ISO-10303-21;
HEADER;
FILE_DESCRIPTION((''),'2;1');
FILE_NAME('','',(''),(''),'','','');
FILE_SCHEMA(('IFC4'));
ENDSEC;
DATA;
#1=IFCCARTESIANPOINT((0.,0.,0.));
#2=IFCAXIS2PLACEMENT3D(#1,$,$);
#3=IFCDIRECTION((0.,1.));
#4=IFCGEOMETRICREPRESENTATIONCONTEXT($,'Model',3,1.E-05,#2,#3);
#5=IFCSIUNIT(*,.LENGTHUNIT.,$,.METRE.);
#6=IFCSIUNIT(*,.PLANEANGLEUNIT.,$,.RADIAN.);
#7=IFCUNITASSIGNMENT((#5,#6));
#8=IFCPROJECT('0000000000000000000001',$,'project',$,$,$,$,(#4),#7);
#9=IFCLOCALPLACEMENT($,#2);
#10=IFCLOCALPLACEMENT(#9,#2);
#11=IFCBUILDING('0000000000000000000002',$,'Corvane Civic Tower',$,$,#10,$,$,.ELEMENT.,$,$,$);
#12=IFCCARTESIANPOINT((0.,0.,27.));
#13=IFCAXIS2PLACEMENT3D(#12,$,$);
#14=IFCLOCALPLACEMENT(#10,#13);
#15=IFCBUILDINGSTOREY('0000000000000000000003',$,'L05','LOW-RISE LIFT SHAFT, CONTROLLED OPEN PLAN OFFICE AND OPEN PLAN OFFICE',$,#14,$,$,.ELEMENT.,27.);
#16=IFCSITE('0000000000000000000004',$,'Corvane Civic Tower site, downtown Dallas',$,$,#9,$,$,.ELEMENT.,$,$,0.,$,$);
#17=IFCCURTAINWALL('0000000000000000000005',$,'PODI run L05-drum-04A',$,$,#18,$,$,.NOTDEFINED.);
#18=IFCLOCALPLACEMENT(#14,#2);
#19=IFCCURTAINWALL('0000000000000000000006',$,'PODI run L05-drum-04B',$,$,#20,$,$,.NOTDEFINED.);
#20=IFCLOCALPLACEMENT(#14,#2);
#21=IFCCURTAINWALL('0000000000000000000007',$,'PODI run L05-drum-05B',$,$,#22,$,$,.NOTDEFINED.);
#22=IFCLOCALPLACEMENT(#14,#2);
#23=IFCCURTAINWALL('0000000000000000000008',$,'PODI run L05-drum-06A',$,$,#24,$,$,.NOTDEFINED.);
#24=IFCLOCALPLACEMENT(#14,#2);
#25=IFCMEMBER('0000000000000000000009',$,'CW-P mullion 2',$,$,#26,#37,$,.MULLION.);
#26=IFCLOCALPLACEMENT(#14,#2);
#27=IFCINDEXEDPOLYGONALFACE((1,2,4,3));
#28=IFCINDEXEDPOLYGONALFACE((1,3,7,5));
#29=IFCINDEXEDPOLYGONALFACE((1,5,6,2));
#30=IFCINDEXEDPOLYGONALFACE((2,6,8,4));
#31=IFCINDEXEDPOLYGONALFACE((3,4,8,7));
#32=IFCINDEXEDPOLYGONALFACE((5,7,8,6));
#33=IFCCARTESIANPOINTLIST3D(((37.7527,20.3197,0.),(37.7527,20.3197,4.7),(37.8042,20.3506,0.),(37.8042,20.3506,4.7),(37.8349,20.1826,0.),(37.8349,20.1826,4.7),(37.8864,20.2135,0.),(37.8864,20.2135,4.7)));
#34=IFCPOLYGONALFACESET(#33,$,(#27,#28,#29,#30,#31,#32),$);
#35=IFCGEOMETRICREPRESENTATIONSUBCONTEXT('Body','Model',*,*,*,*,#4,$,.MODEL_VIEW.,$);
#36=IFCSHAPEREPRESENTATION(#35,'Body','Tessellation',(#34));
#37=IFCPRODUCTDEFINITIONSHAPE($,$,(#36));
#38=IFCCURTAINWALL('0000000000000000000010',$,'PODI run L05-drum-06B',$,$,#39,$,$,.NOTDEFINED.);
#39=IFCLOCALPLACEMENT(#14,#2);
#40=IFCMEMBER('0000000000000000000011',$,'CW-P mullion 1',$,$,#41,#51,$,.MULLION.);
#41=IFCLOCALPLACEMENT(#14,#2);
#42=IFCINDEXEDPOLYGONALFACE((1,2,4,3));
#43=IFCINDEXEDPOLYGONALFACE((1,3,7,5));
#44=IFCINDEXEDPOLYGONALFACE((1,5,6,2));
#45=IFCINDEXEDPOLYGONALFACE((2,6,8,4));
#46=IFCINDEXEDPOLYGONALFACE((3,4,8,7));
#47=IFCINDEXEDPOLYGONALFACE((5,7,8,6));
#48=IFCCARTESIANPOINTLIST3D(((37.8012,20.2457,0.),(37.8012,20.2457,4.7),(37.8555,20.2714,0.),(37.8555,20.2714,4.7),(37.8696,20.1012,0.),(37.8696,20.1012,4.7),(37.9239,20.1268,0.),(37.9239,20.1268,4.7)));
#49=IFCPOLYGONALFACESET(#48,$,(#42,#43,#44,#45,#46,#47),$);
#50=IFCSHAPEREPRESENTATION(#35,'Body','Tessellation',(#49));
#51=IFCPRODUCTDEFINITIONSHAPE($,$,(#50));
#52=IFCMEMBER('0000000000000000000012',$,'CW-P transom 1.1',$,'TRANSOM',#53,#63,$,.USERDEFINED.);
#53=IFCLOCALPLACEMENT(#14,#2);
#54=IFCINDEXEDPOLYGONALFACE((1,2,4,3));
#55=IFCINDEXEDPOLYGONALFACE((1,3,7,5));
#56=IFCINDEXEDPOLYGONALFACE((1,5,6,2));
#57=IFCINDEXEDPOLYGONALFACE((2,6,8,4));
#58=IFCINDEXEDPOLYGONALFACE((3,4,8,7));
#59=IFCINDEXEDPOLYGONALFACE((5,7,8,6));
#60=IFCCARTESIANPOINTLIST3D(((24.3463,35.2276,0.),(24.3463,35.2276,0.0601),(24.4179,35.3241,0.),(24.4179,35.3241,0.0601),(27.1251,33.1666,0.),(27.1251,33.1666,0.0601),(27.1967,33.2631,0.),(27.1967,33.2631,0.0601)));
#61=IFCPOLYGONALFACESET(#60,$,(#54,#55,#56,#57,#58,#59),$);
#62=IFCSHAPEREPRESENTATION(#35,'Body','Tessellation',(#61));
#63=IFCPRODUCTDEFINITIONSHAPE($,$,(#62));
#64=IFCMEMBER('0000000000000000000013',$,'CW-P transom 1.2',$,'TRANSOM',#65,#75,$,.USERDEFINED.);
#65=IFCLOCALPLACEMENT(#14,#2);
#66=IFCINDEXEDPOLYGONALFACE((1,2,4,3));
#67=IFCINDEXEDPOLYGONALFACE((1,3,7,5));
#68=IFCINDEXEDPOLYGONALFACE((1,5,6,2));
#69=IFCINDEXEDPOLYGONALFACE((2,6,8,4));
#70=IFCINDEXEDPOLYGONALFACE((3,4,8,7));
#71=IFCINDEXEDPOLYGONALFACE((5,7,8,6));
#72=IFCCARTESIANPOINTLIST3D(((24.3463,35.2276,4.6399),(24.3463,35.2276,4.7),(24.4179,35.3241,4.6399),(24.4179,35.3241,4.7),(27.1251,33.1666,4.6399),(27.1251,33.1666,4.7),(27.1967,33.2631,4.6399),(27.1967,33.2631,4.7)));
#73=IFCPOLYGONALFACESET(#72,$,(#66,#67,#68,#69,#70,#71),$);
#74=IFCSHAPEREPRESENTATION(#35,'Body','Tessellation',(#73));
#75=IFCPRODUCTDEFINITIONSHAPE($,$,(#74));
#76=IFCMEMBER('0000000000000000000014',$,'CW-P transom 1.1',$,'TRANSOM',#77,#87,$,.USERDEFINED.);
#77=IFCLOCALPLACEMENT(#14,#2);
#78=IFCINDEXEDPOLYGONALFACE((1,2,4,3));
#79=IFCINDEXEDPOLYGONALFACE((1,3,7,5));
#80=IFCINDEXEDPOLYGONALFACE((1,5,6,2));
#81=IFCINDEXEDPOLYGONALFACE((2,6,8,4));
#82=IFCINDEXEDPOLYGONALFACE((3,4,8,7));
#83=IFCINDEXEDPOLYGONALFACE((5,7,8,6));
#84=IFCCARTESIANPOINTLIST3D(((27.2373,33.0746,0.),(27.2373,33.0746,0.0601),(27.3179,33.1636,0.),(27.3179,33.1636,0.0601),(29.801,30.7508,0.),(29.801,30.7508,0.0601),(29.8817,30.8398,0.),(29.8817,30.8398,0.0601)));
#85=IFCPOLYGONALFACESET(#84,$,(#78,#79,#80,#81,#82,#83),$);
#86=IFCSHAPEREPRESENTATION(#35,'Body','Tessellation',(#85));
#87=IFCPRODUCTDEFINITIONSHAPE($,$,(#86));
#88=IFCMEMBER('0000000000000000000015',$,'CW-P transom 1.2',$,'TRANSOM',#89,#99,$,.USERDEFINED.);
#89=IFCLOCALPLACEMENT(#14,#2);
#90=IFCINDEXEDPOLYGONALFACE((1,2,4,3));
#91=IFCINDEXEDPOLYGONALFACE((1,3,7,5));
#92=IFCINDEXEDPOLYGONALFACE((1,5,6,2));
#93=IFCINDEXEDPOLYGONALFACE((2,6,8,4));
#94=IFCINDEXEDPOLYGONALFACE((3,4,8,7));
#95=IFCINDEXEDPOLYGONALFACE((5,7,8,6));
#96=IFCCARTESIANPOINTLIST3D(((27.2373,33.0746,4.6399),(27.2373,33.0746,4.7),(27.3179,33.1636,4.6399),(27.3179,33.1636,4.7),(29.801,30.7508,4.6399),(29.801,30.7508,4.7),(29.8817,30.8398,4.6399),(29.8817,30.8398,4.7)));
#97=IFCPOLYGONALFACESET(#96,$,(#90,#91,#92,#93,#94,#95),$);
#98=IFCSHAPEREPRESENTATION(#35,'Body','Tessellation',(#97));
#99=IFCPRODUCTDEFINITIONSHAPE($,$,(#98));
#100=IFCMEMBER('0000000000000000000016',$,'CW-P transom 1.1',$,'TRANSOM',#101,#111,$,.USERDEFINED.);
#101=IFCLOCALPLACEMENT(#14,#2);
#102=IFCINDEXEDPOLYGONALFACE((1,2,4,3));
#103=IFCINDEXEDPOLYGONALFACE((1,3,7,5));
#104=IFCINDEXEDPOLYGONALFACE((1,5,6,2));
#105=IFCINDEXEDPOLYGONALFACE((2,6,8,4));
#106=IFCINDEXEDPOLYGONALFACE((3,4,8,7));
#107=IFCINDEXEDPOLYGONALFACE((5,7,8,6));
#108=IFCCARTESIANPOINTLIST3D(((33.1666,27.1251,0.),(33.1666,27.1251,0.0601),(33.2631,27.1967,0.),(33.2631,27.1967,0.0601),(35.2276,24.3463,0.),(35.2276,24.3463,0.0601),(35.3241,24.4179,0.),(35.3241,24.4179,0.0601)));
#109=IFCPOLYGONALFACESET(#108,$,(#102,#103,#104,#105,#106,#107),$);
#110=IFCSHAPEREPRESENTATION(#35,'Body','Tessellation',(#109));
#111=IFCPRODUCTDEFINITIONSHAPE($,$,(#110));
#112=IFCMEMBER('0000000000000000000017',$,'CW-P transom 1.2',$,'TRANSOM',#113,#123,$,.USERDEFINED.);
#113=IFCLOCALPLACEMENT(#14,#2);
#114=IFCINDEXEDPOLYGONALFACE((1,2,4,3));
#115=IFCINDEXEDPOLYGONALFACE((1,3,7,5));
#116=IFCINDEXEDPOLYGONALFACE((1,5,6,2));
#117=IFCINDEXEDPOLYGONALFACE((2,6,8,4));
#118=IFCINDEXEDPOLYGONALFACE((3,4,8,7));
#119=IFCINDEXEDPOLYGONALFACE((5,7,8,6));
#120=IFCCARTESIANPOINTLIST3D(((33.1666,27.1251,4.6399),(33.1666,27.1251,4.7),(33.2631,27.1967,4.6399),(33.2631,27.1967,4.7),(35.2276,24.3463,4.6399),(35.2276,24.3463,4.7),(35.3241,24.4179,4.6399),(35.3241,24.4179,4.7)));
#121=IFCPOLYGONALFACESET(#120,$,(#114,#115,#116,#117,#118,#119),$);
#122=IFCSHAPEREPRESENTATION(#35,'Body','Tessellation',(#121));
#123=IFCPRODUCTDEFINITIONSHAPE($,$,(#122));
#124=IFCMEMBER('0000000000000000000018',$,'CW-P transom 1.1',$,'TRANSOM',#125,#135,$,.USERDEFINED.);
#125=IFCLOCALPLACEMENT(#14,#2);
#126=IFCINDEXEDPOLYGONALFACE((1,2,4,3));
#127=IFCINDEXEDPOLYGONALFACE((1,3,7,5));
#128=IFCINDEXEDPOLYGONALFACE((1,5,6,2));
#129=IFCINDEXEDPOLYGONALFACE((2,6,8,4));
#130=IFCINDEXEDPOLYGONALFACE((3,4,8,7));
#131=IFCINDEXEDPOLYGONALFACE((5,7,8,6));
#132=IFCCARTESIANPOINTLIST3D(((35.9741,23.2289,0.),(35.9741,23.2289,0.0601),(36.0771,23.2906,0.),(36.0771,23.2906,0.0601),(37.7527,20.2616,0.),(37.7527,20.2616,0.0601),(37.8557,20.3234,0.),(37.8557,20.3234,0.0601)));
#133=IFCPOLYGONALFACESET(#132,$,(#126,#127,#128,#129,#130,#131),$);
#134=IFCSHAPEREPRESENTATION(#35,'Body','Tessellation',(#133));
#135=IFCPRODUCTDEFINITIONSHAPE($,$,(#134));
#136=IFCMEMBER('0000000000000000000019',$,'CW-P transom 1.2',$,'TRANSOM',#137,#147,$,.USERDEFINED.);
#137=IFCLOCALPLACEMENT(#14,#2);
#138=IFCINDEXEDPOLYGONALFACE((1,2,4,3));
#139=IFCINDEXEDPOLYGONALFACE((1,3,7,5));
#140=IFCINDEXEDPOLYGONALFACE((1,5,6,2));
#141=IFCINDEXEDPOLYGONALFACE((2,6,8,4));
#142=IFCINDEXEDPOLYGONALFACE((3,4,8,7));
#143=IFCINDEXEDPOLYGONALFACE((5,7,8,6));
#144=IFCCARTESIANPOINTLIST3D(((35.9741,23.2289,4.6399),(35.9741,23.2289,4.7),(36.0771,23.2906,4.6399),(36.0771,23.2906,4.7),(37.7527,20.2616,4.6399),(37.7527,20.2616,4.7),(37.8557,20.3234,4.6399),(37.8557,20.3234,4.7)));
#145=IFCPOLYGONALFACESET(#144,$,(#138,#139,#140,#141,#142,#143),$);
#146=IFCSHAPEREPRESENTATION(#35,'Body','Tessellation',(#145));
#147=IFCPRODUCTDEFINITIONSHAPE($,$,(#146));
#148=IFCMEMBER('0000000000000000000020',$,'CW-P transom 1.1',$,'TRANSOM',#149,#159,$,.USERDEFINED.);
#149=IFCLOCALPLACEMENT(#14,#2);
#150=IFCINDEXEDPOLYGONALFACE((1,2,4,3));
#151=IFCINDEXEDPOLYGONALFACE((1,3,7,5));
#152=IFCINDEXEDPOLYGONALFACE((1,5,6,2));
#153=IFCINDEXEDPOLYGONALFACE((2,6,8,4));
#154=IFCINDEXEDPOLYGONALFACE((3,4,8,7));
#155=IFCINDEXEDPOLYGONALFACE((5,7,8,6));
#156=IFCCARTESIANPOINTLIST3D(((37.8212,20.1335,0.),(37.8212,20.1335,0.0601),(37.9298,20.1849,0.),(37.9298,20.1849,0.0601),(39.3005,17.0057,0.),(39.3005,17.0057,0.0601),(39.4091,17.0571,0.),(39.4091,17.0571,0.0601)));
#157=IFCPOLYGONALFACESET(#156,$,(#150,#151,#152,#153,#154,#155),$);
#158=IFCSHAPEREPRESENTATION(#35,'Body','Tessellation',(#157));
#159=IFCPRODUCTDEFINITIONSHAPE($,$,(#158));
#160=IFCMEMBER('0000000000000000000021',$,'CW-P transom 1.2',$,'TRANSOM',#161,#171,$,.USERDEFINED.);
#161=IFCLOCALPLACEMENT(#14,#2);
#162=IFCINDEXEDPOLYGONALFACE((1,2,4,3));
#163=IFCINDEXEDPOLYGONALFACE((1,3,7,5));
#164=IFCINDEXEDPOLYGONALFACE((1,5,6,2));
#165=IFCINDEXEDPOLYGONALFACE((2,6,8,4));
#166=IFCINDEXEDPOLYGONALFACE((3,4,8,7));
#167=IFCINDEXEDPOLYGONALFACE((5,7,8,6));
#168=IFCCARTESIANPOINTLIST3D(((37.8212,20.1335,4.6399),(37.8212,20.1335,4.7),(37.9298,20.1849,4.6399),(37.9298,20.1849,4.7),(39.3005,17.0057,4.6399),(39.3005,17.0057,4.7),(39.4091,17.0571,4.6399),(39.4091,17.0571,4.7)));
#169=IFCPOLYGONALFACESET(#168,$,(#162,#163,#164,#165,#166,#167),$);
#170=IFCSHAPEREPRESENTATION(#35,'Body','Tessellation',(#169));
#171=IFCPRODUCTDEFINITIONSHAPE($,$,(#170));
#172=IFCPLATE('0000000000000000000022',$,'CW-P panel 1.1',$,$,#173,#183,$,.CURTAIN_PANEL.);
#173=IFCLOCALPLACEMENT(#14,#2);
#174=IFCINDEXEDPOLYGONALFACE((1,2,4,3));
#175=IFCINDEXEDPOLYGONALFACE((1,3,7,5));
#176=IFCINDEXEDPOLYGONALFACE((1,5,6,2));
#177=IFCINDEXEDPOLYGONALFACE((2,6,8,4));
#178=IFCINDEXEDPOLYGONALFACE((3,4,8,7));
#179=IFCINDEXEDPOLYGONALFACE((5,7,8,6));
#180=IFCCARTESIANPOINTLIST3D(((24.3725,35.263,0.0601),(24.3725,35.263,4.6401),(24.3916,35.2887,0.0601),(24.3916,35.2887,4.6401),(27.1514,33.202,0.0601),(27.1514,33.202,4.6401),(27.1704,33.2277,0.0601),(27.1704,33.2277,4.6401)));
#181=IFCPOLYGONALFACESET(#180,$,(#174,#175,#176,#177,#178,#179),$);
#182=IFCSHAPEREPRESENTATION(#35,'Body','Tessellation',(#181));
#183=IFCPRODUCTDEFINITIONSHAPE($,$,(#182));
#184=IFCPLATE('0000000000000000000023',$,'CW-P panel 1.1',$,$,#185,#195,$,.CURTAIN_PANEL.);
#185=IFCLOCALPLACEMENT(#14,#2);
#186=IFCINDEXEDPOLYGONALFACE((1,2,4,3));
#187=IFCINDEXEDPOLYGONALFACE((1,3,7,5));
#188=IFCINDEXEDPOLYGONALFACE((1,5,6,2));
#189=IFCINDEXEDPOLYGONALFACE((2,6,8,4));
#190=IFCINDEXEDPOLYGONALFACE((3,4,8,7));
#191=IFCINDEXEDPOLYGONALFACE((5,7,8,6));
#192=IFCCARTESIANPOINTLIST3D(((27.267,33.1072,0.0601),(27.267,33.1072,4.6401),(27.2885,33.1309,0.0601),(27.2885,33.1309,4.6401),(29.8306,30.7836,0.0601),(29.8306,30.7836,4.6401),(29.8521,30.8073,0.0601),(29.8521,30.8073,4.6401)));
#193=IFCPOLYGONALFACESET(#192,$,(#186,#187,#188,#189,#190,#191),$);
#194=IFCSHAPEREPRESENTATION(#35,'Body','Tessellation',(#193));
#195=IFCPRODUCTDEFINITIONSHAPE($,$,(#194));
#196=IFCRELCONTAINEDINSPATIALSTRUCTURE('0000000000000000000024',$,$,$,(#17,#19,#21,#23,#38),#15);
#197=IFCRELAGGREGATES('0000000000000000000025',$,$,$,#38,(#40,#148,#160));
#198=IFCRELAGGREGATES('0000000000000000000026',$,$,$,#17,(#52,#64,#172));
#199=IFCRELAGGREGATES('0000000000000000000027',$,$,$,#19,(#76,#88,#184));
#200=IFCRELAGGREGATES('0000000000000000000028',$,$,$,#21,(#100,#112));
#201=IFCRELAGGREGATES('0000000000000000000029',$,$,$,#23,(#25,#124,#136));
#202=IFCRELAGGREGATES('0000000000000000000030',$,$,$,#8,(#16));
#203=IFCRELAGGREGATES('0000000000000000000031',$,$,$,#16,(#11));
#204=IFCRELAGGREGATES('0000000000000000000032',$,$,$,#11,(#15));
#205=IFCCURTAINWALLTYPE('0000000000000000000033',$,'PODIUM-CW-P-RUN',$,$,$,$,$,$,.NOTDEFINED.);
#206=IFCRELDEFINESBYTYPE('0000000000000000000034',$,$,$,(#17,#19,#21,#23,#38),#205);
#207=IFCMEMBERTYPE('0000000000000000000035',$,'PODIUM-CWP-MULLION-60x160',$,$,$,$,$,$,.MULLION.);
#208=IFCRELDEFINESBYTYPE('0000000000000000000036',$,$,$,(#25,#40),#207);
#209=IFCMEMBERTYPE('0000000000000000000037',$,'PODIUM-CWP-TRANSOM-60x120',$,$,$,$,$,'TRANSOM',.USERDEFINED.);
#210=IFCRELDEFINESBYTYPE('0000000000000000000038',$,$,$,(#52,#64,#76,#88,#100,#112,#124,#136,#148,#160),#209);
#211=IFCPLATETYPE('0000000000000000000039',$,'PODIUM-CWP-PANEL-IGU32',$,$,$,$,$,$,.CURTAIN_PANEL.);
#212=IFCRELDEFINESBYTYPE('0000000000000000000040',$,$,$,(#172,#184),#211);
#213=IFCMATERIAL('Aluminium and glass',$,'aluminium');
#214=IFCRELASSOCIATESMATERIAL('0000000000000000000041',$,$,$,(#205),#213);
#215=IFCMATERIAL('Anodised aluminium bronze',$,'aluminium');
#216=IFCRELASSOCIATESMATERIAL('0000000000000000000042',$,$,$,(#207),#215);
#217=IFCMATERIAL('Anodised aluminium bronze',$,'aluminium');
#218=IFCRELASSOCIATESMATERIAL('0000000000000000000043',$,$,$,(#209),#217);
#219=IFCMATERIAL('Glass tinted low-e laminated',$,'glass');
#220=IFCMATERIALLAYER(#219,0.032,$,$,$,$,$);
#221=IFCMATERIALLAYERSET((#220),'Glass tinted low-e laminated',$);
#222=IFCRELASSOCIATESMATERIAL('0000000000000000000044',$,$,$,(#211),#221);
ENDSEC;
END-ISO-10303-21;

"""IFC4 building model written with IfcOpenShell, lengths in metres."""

from ifc_helpers import new_model, si_unit, direction, frame, origin, origin_2d, place, context, subcontext, project, spatial, rectangle, extrude, material, layer, layer_set, material_profile, profile_set, type_object, element, aggregate, save


model = new_model("IFC4")

# Units and contexts
model_context = context("Model", 3, precision=1e-05, world=origin(), true_north=direction((0.0, 1.0)))
body_context = subcontext(model_context, "Body", "Model", "MODEL_VIEW")
ifc_project = project(units=[si_unit("LENGTHUNIT", "METRE"), si_unit("PLANEANGLEUNIT", "RADIAN")], contexts=[model_context])

# Site, building, storey
site_placement = place(None, origin())
site = spatial("IfcSite", under=ifc_project, at=site_placement, Name="Corvane Civic Tower site, downtown Dallas", CompositionType="ELEMENT", RefElevation=0.0)
building_placement = place(site_placement, origin())
building = spatial("IfcBuilding", under=site, at=building_placement, Name="Corvane Civic Tower", CompositionType="ELEMENT")
storey_placement = place(building_placement, frame((0.0, 0.0, 27.0)))
storey = spatial("IfcBuildingStorey", under=building, at=storey_placement, Name="L05", Description="LOW-RISE LIFT SHAFT, CONTROLLED OPEN PLAN OFFICE AND OPEN PLAN OFFICE", CompositionType="ELEMENT", Elevation=27.0)

# Curtain walls, member
ifc_material_1 = material(Name="Aluminium and glass", Category="aluminium")
curtain_wall_type = type_object("IfcCurtainWallType", Name="PODIUM-CW-P-RUN", PredefinedType="NOTDEFINED", material=ifc_material_1)
curtain_wall_1_placement = place(storey_placement, origin())
curtain_wall_1 = element("IfcCurtainWall", 1, at=curtain_wall_1_placement, inside=storey, type_object=curtain_wall_type, Name="PODI run L05-drum-04A", PredefinedType="NOTDEFINED")
ifc_material_2 = material(Name="Anodised aluminium bronze", Category="aluminium")
ifc_material_profile_1 = material_profile(ifc_material_2, rectangle(XDim=0.0601, YDim=0.1599, at=origin_2d()), Name="AL 60x160")
ifc_profile_set_1 = profile_set([ifc_material_profile_1], Name="Anodised aluminium bronze")
member_type_1 = type_object("IfcMemberType", Name="PODIUM-CWP-MULLION-60x160", PredefinedType="MULLION", material=ifc_profile_set_1)
curtain_wall_2_placement = place(storey_placement, origin())
curtain_wall_2 = element("IfcCurtainWall", 2, at=curtain_wall_2_placement, inside=storey, type_object=curtain_wall_type, Name="PODI run L05-drum-04B", PredefinedType="NOTDEFINED")
curtain_wall_3_placement = place(storey_placement, origin())
curtain_wall_3 = element("IfcCurtainWall", 3, at=curtain_wall_3_placement, inside=storey, type_object=curtain_wall_type, Name="PODI run L05-drum-05B", PredefinedType="NOTDEFINED")
curtain_wall_4_placement = place(storey_placement, origin())
curtain_wall_4 = element("IfcCurtainWall", 4, at=curtain_wall_4_placement, inside=storey, type_object=curtain_wall_type, Name="PODI run L05-drum-06A", PredefinedType="NOTDEFINED")
member_1_placement = place(storey_placement, frame((37.8196, 20.2666, 0.0), z_axis=(0.0, 0.0, 1.0), x_axis=(0.85772, 0.514118, 0.0)))
member_1 = element("IfcMember", 5, at=member_1_placement, type_object=member_type_1, Name="CW-P mullion 2", PredefinedType="MULLION", context=body_context, shape_type="SweptSolid", body=[
    extrude(rectangle(XDim=0.0601, YDim=0.1599, at=origin_2d()), origin(), (0.0, 0.0, 1.0), 4.7),
])

# Curtain wall, member
curtain_wall_5_placement = place(storey_placement, origin())
curtain_wall_5 = element("IfcCurtainWall", 6, at=curtain_wall_5_placement, inside=storey, type_object=curtain_wall_type, Name="PODI run L05-drum-06B", PredefinedType="NOTDEFINED")
member_2_placement = place(storey_placement, frame((37.8625, 20.1863, 0.0), z_axis=(0.0, 0.0, 1.0), x_axis=(0.90399, 0.427553, 0.0)))
member_2 = element("IfcMember", 7, at=member_2_placement, type_object=member_type_1, Name="CW-P mullion 1", PredefinedType="MULLION", context=body_context, shape_type="SweptSolid", body=[
    extrude(rectangle(XDim=0.0601, YDim=0.1599, at=origin_2d()), origin(), (0.0, 0.0, 1.0), 4.7),
])

# Members
ifc_material_3 = material(Name="Anodised aluminium bronze", Category="aluminium")
ifc_material_profile_2 = material_profile(ifc_material_3, rectangle(XDim=0.1201, YDim=0.0601, at=origin_2d()), Name="AL 120x60")
ifc_profile_set_2 = profile_set([ifc_material_profile_2], Name="Anodised aluminium bronze")
member_type_2 = type_object("IfcMemberType", Name="PODIUM-CWP-TRANSOM-60x120", ElementType="TRANSOM", PredefinedType="USERDEFINED", material=ifc_profile_set_2)
member_3_placement = place(storey_placement, frame((24.3821, 35.2759, 0.03), z_axis=(0.80319, -0.595724, 0.0), x_axis=(0.595724, 0.80319, 0.0)))
member_3 = element("IfcMember", 8, at=member_3_placement, type_object=member_type_2, Name="CW-P transom 1.1", ObjectType="TRANSOM", PredefinedType="USERDEFINED", context=body_context, shape_type="SweptSolid", body=[
    extrude(rectangle(XDim=0.1201, YDim=0.0601, at=origin_2d()), origin(), (0.0, 0.0, 1.0), 3.4597),
])
member_4_placement = place(storey_placement, frame((24.3821, 35.2759, 4.6699), z_axis=(0.80319, -0.595724, 0.0), x_axis=(0.595724, 0.80319, 0.0)))
member_4 = element("IfcMember", 9, at=member_4_placement, type_object=member_type_2, Name="CW-P transom 1.2", ObjectType="TRANSOM", PredefinedType="USERDEFINED", context=body_context, shape_type="SweptSolid", body=[
    extrude(rectangle(XDim=0.1201, YDim=0.0601, at=origin_2d()), origin(), (0.0, 0.0, 1.0), 3.4597),
])
member_5_placement = place(storey_placement, frame((27.2776, 33.1191, 0.03), z_axis=(0.740935, -0.671576, 0.0), x_axis=(0.671576, 0.740935, 0.0)))
member_5 = element("IfcMember", 10, at=member_5_placement, type_object=member_type_2, Name="CW-P transom 1.1", ObjectType="TRANSOM", PredefinedType="USERDEFINED", context=body_context, shape_type="SweptSolid", body=[
    extrude(rectangle(XDim=0.1201, YDim=0.0601, at=origin_2d()), origin(), (0.0, 0.0, 1.0), 3.4602),
])
member_6_placement = place(storey_placement, frame((27.2776, 33.1191, 4.6699), z_axis=(0.740935, -0.671576, 0.0), x_axis=(0.671576, 0.740935, 0.0)))
member_6 = element("IfcMember", 11, at=member_6_placement, type_object=member_type_2, Name="CW-P transom 1.2", ObjectType="TRANSOM", PredefinedType="USERDEFINED", context=body_context, shape_type="SweptSolid", body=[
    extrude(rectangle(XDim=0.1201, YDim=0.0601, at=origin_2d()), origin(), (0.0, 0.0, 1.0), 3.4602),
])
member_7_placement = place(storey_placement, frame((33.2148, 27.1609, 0.03), z_axis=(0.595724, -0.80319, 0.0), x_axis=(0.80319, 0.595724, 0.0)))
member_7 = element("IfcMember", 12, at=member_7_placement, type_object=member_type_2, Name="CW-P transom 1.1", ObjectType="TRANSOM", PredefinedType="USERDEFINED", context=body_context, shape_type="SweptSolid", body=[
    extrude(rectangle(XDim=0.1201, YDim=0.0601, at=origin_2d()), origin(), (0.0, 0.0, 1.0), 3.4597),
])
member_8_placement = place(storey_placement, frame((33.2148, 27.1609, 4.6699), z_axis=(0.595724, -0.80319, 0.0), x_axis=(0.80319, 0.595724, 0.0)))
member_8 = element("IfcMember", 13, at=member_8_placement, type_object=member_type_2, Name="CW-P transom 1.2", ObjectType="TRANSOM", PredefinedType="USERDEFINED", context=body_context, shape_type="SweptSolid", body=[
    extrude(rectangle(XDim=0.1201, YDim=0.0601, at=origin_2d()), origin(), (0.0, 0.0, 1.0), 3.4597),
])
member_9_placement = place(storey_placement, frame((36.0256, 23.2598, 0.03), z_axis=(0.514112, -0.857723, 0.0), x_axis=(0.857723, 0.514112, 0.0)))
member_9 = element("IfcMember", 14, at=member_9_placement, type_object=member_type_2, Name="CW-P transom 1.1", ObjectType="TRANSOM", PredefinedType="USERDEFINED", context=body_context, shape_type="SweptSolid", body=[
    extrude(rectangle(XDim=0.1201, YDim=0.0601, at=origin_2d()), origin(), (0.0, 0.0, 1.0), 3.4595),
])
member_10_placement = place(storey_placement, frame((36.0256, 23.2598, 4.6699), z_axis=(0.514112, -0.857723, 0.0), x_axis=(0.857723, 0.514112, 0.0)))
member_10 = element("IfcMember", 15, at=member_10_placement, type_object=member_type_2, Name="CW-P transom 1.2", ObjectType="TRANSOM", PredefinedType="USERDEFINED", context=body_context, shape_type="SweptSolid", body=[
    extrude(rectangle(XDim=0.1201, YDim=0.0601, at=origin_2d()), origin(), (0.0, 0.0, 1.0), 3.4595),
])
member_11_placement = place(storey_placement, frame((37.8755, 20.1592, 0.03), z_axis=(0.427546, -0.903993, 0.0), x_axis=(0.903993, 0.427546, 0.0)))
member_11 = element("IfcMember", 16, at=member_11_placement, type_object=member_type_2, Name="CW-P transom 1.1", ObjectType="TRANSOM", PredefinedType="USERDEFINED", context=body_context, shape_type="SweptSolid", body=[
    extrude(rectangle(XDim=0.1201, YDim=0.0601, at=origin_2d()), origin(), (0.0, 0.0, 1.0), 3.46),
])
member_12_placement = place(storey_placement, frame((37.8755, 20.1592, 4.6699), z_axis=(0.427546, -0.903993, 0.0), x_axis=(0.903993, 0.427546, 0.0)))
member_12 = element("IfcMember", 17, at=member_12_placement, type_object=member_type_2, Name="CW-P transom 1.2", ObjectType="TRANSOM", PredefinedType="USERDEFINED", context=body_context, shape_type="SweptSolid", body=[
    extrude(rectangle(XDim=0.1201, YDim=0.0601, at=origin_2d()), origin(), (0.0, 0.0, 1.0), 3.46),
])
aggregate(curtain_wall_5, [member_2, member_11, member_12])

# Plates
ifc_material_4 = material(Name="Glass tinted low-e laminated", Category="glass")
ifc_layer_1 = layer(ifc_material_4, 0.032)
ifc_layer_set_1 = layer_set([ifc_layer_1], Name="Glass tinted low-e laminated")
plate_type = type_object("IfcPlateType", Name="PODIUM-CWP-PANEL-IGU32", PredefinedType="CURTAIN_PANEL", material=ifc_layer_set_1)
plate_1_placement = place(storey_placement, frame((25.7715, 34.2454, 0.0601), z_axis=(0.0, 0.0, 1.0), x_axis=(0.803203, -0.595705, 0.0)))
plate_1 = element("IfcPlate", 18, at=plate_1_placement, type_object=plate_type, Name="CW-P panel 1.1", PredefinedType="CURTAIN_PANEL", context=body_context, shape_type="SweptSolid", body=[
    extrude(rectangle(XDim=3.4597, YDim=0.032, at=origin_2d()), origin(), (0.0, 0.0, 1.0), 4.5801),
])
aggregate(curtain_wall_1, [member_3, member_4, plate_1])
plate_2_placement = place(storey_placement, frame((28.5596, 31.9573, 0.0601), z_axis=(0.0, 0.0, 1.0), x_axis=(0.740935, -0.671576, 0.0)))
plate_2 = element("IfcPlate", 19, at=plate_2_placement, type_object=plate_type, Name="CW-P panel 1.1", PredefinedType="CURTAIN_PANEL", context=body_context, shape_type="SweptSolid", body=[
    extrude(rectangle(XDim=3.46, YDim=0.032, at=origin_2d()), origin(), (0.0, 0.0, 1.0), 4.5801),
])
aggregate(curtain_wall_2, [member_5, member_6, plate_2])
aggregate(curtain_wall_3, [member_7, member_8])
aggregate(curtain_wall_4, [member_1, member_9, member_10])

save(model, "model.ifc")
